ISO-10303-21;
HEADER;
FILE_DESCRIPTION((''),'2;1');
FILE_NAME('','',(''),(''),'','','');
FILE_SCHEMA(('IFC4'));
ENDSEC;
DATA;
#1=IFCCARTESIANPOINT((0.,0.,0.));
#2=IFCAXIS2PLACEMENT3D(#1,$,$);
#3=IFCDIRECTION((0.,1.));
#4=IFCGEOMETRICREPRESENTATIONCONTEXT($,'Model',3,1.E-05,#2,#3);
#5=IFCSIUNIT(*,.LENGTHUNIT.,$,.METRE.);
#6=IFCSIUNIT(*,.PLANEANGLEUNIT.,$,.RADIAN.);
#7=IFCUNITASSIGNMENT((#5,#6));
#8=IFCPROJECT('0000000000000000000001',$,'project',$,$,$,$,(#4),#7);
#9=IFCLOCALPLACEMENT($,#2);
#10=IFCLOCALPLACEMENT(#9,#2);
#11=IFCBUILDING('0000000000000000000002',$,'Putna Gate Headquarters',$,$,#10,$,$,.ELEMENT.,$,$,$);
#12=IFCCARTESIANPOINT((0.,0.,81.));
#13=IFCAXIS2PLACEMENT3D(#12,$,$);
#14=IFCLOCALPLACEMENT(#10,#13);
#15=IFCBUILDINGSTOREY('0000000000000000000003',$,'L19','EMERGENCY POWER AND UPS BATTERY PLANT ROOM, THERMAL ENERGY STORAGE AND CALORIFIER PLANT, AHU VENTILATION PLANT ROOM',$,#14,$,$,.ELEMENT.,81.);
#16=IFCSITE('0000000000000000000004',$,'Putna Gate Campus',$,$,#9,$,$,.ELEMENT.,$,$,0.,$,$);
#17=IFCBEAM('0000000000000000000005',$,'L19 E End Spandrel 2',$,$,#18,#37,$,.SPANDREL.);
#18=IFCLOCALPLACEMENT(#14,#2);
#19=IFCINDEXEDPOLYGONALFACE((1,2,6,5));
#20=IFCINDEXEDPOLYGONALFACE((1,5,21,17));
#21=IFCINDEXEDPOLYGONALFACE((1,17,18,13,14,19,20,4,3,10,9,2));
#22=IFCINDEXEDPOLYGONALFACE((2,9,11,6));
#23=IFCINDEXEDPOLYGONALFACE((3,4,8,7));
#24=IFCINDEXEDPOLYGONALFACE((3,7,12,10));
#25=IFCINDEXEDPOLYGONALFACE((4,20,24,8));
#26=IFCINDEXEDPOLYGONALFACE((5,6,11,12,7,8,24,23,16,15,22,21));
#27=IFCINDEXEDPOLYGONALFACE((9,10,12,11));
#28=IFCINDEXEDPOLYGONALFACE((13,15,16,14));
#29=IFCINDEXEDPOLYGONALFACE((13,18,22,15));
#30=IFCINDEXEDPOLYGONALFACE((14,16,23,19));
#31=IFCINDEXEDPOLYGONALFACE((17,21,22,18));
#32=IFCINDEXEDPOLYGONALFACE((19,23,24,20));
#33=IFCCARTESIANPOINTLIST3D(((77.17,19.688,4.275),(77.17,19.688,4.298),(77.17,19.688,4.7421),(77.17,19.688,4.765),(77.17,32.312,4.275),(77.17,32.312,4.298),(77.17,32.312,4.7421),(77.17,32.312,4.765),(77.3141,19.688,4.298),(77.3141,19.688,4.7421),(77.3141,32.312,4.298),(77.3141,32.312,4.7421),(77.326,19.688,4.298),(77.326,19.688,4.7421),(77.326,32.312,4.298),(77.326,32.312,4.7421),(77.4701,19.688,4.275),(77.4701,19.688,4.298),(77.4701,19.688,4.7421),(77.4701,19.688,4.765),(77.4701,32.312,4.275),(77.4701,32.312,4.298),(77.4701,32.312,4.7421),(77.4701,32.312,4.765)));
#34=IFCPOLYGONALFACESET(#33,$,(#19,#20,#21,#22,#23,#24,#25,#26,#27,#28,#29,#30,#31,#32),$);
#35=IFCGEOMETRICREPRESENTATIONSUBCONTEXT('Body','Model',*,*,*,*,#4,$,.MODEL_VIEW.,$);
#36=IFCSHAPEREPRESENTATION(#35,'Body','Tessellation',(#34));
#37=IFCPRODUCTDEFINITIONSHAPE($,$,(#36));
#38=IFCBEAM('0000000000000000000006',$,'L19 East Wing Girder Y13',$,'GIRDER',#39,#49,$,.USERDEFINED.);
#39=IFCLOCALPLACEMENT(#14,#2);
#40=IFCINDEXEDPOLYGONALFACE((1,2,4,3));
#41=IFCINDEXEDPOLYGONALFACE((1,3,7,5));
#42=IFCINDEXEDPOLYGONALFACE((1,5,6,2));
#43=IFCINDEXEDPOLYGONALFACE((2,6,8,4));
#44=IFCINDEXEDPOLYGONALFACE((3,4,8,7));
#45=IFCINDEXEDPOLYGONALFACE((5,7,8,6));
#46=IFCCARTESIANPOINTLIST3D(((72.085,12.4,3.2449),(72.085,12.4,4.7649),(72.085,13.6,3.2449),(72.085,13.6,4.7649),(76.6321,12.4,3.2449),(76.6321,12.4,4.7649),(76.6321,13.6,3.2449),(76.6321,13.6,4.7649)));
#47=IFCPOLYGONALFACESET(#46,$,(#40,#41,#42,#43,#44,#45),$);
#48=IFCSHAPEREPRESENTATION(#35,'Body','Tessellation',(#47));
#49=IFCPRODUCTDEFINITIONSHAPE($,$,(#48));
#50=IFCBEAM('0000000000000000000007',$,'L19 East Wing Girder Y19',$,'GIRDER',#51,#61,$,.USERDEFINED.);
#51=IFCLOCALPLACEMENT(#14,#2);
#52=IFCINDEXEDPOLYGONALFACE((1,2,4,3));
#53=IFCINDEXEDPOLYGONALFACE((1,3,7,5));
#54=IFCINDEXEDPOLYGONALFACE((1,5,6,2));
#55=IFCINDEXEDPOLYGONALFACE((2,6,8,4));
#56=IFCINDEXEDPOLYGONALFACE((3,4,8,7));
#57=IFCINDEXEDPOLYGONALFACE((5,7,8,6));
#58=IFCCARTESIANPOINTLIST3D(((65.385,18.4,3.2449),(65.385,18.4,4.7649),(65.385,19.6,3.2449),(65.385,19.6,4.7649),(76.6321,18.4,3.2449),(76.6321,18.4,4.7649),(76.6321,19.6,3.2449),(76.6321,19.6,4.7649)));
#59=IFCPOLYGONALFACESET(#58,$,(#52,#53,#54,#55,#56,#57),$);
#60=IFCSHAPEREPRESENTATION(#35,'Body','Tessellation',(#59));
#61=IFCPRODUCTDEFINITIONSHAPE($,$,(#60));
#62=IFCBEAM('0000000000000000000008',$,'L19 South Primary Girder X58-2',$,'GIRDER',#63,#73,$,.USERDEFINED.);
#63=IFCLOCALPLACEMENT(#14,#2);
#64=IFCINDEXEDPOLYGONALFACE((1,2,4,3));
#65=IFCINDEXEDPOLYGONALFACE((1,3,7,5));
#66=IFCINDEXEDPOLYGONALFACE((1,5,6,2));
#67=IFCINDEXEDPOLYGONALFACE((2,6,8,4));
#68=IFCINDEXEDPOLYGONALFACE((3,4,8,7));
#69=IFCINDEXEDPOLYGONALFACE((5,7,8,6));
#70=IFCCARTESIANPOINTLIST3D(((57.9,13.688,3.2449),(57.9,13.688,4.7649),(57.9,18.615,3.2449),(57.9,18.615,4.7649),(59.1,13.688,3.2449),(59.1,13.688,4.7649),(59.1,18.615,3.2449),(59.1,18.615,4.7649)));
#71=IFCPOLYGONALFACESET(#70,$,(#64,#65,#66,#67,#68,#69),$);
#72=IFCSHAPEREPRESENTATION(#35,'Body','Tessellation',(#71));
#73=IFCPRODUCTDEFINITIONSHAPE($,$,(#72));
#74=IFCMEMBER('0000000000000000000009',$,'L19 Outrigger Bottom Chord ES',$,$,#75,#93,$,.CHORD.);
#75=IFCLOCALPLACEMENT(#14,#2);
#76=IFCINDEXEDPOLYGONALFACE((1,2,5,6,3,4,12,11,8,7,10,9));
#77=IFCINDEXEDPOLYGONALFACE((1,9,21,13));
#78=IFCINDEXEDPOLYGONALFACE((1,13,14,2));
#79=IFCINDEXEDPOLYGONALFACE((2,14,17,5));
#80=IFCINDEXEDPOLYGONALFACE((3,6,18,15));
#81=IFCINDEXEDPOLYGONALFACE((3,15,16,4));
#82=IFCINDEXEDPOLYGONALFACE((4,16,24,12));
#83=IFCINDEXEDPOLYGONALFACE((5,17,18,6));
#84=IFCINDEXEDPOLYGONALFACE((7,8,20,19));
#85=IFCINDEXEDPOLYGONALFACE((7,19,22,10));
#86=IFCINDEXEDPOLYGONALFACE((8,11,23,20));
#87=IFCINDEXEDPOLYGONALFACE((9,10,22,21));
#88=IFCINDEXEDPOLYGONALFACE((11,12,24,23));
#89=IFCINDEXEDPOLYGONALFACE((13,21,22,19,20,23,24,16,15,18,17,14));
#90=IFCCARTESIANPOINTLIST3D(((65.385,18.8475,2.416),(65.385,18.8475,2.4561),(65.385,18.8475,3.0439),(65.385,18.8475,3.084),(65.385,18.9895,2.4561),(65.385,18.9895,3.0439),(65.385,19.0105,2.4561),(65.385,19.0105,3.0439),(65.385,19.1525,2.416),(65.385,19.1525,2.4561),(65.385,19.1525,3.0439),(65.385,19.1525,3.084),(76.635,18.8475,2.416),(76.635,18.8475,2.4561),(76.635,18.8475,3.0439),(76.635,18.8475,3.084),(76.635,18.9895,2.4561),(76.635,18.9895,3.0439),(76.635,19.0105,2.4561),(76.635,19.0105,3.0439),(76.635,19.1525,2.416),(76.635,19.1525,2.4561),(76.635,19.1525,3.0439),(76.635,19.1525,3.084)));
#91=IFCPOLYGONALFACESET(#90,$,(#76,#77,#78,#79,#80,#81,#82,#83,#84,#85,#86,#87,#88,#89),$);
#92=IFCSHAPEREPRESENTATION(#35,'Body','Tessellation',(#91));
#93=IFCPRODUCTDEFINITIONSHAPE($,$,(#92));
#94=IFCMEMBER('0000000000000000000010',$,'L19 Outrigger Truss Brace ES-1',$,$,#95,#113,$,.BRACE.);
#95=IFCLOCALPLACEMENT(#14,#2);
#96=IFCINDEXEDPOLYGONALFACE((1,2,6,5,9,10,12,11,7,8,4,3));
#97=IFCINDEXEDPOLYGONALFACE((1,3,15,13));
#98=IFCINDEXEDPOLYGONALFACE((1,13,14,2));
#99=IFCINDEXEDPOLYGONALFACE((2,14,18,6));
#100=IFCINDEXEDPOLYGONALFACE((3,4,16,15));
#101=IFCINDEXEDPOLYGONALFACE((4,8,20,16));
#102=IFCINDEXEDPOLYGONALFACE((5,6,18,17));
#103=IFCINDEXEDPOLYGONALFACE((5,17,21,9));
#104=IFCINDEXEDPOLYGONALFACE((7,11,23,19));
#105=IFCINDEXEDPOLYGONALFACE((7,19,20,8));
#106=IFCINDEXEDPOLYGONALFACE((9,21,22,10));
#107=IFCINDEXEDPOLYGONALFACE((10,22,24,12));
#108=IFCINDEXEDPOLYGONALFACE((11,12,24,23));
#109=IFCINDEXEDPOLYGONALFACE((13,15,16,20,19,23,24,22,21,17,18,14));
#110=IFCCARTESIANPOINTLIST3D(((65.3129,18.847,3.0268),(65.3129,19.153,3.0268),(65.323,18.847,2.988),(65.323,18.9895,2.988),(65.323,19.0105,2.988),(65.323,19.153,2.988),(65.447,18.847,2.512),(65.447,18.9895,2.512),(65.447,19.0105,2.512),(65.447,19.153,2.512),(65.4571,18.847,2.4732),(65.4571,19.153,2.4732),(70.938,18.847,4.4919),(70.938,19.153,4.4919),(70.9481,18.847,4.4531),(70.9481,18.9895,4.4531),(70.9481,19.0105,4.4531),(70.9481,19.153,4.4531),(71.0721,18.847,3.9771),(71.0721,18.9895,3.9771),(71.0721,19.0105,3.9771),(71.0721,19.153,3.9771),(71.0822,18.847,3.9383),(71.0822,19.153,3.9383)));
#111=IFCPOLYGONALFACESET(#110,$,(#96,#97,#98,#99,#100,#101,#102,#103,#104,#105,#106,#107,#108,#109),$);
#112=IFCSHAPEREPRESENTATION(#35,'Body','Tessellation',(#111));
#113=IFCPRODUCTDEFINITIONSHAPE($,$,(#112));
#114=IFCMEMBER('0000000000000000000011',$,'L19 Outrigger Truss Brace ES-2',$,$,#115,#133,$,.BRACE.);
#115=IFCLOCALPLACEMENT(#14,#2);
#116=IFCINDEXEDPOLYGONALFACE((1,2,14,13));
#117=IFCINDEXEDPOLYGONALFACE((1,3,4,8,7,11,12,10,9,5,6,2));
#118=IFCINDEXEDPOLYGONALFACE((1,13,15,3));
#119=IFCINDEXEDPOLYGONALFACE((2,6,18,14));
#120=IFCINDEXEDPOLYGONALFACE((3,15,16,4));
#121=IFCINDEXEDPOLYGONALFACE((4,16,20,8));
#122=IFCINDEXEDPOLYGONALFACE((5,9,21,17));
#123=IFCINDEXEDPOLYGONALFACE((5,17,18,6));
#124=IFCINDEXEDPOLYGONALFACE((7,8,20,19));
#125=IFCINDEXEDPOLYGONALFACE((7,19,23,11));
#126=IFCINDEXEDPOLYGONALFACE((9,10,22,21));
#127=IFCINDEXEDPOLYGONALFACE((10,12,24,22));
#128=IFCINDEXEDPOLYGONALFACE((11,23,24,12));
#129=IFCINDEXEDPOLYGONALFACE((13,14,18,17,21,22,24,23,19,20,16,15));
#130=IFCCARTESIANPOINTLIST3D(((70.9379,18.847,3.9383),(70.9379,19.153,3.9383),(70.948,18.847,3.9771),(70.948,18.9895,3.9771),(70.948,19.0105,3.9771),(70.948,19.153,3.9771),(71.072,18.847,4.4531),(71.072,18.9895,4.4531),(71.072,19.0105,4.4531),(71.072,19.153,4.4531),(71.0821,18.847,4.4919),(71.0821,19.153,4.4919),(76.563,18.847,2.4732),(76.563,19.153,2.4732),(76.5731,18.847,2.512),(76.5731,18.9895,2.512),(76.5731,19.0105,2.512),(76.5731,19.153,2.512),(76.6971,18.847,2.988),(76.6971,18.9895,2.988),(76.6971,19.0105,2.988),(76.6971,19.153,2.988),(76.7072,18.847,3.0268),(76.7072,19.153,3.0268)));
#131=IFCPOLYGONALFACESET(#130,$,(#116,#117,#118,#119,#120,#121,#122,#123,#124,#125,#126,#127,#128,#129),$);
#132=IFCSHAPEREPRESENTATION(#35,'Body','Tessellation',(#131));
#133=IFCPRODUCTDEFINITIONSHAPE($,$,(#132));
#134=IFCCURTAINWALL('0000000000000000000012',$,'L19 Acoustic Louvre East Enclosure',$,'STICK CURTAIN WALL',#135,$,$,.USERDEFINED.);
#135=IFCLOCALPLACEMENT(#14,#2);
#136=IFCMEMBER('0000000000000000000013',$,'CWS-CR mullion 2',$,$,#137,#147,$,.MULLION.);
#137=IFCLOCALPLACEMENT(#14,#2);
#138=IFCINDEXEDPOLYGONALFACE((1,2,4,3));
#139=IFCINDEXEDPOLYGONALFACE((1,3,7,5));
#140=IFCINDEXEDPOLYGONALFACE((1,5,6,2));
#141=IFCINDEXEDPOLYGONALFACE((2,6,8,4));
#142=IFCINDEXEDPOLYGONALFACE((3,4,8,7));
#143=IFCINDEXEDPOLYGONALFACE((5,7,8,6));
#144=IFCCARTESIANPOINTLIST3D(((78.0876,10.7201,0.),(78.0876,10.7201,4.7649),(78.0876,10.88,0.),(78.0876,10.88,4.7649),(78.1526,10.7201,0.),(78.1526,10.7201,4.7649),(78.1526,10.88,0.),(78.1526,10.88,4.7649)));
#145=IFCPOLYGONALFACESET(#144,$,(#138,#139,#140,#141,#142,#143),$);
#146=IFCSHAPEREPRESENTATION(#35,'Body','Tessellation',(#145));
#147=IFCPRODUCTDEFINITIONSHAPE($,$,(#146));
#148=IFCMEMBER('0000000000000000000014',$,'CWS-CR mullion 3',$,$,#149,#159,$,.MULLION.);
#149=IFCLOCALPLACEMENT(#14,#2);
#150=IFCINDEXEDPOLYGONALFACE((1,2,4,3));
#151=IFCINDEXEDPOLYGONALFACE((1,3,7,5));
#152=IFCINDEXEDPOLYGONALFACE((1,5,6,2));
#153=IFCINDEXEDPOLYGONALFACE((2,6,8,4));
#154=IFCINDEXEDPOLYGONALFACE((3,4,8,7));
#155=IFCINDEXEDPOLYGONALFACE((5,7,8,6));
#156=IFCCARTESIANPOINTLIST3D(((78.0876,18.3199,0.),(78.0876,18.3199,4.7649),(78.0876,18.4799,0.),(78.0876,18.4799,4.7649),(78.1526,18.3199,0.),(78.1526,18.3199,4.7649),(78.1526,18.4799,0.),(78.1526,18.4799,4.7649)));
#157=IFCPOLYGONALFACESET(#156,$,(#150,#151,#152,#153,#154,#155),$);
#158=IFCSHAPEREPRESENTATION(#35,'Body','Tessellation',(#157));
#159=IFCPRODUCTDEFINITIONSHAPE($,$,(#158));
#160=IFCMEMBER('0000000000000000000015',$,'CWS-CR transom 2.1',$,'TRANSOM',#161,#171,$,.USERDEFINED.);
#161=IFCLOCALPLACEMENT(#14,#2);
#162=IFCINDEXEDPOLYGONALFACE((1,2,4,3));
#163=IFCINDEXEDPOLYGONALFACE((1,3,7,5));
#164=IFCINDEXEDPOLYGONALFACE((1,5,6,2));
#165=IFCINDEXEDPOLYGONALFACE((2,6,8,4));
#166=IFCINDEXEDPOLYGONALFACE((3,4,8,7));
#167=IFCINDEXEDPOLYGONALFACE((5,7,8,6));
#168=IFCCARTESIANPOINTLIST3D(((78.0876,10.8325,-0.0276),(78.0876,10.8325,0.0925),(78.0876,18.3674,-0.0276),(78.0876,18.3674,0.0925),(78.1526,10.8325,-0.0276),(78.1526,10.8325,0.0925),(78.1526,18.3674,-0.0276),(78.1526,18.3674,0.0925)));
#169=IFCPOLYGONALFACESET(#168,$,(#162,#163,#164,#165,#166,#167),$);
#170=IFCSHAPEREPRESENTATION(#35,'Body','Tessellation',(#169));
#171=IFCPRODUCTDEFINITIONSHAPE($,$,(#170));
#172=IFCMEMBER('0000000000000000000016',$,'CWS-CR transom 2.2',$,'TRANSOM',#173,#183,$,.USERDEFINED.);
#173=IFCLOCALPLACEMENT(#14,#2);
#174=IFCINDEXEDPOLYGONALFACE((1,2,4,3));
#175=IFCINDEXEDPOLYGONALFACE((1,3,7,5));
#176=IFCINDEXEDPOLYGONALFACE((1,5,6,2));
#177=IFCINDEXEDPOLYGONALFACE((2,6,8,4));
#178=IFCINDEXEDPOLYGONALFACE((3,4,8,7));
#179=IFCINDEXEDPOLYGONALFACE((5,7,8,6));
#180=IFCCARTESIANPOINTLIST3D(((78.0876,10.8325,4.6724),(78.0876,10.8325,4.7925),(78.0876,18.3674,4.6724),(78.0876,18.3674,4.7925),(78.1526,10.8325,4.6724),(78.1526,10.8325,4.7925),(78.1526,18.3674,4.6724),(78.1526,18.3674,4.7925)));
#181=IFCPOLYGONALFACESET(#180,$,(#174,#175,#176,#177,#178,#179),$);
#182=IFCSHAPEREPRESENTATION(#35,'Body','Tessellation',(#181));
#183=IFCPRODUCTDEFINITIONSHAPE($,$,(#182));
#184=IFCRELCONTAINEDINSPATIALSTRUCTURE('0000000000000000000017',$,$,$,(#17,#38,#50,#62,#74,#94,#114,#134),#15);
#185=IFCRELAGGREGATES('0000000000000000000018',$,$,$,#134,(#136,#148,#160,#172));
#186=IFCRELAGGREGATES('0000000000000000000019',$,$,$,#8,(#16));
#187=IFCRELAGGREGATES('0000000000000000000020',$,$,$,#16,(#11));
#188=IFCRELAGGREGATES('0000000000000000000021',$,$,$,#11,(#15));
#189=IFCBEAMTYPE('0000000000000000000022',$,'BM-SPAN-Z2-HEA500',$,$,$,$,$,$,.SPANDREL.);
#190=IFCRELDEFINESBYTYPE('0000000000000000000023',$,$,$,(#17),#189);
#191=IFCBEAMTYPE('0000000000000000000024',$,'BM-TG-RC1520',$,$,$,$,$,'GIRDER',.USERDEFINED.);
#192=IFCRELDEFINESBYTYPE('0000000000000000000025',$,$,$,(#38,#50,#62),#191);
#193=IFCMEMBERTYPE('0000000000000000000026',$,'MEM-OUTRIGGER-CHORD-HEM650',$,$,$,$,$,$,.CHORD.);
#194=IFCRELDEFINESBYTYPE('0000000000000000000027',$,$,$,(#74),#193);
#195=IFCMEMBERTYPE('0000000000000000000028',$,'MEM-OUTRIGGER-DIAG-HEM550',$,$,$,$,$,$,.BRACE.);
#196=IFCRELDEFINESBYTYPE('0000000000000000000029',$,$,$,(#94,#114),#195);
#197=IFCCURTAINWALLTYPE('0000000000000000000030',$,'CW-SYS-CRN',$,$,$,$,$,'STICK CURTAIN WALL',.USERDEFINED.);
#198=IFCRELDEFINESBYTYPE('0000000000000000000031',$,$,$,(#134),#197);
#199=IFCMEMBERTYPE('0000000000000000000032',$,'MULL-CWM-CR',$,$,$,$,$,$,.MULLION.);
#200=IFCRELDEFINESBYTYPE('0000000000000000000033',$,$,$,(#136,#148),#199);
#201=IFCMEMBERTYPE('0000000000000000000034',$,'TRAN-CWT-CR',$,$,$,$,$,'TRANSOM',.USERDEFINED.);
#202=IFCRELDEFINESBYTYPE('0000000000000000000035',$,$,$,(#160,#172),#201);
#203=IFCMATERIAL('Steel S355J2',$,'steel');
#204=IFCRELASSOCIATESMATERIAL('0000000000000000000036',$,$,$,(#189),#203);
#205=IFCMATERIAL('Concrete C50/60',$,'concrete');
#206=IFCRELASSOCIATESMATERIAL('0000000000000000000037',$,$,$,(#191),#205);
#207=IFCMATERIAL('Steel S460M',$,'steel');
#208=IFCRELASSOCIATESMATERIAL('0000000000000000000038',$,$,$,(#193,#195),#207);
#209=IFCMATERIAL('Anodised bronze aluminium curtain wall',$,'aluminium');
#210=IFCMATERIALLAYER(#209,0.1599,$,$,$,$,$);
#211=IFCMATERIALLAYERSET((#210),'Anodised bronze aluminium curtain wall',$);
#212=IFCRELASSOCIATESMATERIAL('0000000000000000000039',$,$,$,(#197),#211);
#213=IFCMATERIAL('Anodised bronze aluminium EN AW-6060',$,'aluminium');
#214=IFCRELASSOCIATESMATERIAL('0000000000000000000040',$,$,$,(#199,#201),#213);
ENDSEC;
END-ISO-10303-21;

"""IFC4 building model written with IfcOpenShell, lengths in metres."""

from ifc_helpers import new_model, si_unit, direction, frame, origin, origin_2d, place, context, subcontext, project, spatial, rectangle, i_section, extrude, material, layer, layer_set, material_profile, profile_set, type_object, element, aggregate, save


model = new_model("IFC4")

# Units and contexts
model_context = context("Model", 3, precision=1e-05, world=origin(), true_north=direction((0.0, 1.0)))
body_context = subcontext(model_context, "Body", "Model", "MODEL_VIEW")
ifc_project = project(units=[si_unit("LENGTHUNIT", "METRE"), si_unit("PLANEANGLEUNIT", "RADIAN")], contexts=[model_context])

# Site, building, storey
site_placement = place(None, origin())
site = spatial("IfcSite", under=ifc_project, at=site_placement, Name="Putna Gate Campus", CompositionType="ELEMENT", RefElevation=0.0)
building_placement = place(site_placement, origin())
building = spatial("IfcBuilding", under=site, at=building_placement, Name="Putna Gate Headquarters", CompositionType="ELEMENT")
storey_placement = place(building_placement, frame((0.0, 0.0, 81.0)))
storey = spatial("IfcBuildingStorey", under=building, at=storey_placement, Name="L19", Description="EMERGENCY POWER AND UPS BATTERY PLANT ROOM, THERMAL ENERGY STORAGE AND CALORIFIER PLANT, AHU VENTILATION PLANT ROOM", CompositionType="ELEMENT", Elevation=81.0)

# Beams
ifc_material_1 = material(Name="Steel S355J2", Category="steel")
ifc_material_profile_1 = material_profile(ifc_material_1, i_section(OverallWidth=0.3, OverallDepth=0.49, WebThickness=0.012, FlangeThickness=0.0229, at=origin_2d()), Name="Steel S355J2")
ifc_profile_set_1 = profile_set([ifc_material_profile_1], Name="Steel S355J2")
beam_type_1 = type_object("IfcBeamType", Name="BM-SPAN-Z2-HEA500", PredefinedType="SPANDREL", material=ifc_profile_set_1)
beam_1_placement = place(storey_placement, frame((77.3201, 19.688, 4.52), z_axis=(0.0, 1.0, 0.0), x_axis=(-1.0, 0.0, 0.0)))
element("IfcBeam", 1, at=beam_1_placement, inside=storey, type_object=beam_type_1, Name="L19 E End Spandrel 2", PredefinedType="SPANDREL", context=body_context, shape_type="SweptSolid", body=[
    extrude(i_section(OverallWidth=0.3, OverallDepth=0.49, WebThickness=0.012, FlangeThickness=0.0229, at=origin_2d()), origin(), (0.0, 0.0, 1.0), 12.624),
])
ifc_material_2 = material(Name="Concrete C50/60", Category="concrete")
ifc_material_profile_2 = material_profile(ifc_material_2, rectangle(XDim=1.2, YDim=1.52, at=origin_2d()), Name="Concrete C50/60")
ifc_profile_set_2 = profile_set([ifc_material_profile_2], Name="Concrete C50/60")
beam_type_2 = type_object("IfcBeamType", Name="BM-TG-RC1520", ElementType="GIRDER", PredefinedType="USERDEFINED", material=ifc_profile_set_2)
beam_2_placement = place(storey_placement, frame((72.085, 13.0, 4.0049), z_axis=(1.0, 0.0, 0.0), x_axis=(0.0, 1.0, 0.0)))
element("IfcBeam", 2, at=beam_2_placement, inside=storey, type_object=beam_type_2, Name="L19 East Wing Girder Y13", ObjectType="GIRDER", PredefinedType="USERDEFINED", context=body_context, shape_type="SweptSolid", body=[
    extrude(rectangle(XDim=1.2, YDim=1.52, at=origin_2d()), origin(), (0.0, 0.0, 1.0), 4.5471),
])
beam_3_placement = place(storey_placement, frame((65.385, 19.0, 4.0049), z_axis=(1.0, 0.0, 0.0), x_axis=(0.0, 1.0, 0.0)))
element("IfcBeam", 3, at=beam_3_placement, inside=storey, type_object=beam_type_2, Name="L19 East Wing Girder Y19", ObjectType="GIRDER", PredefinedType="USERDEFINED", context=body_context, shape_type="SweptSolid", body=[
    extrude(rectangle(XDim=1.2, YDim=1.52, at=origin_2d()), origin(), (0.0, 0.0, 1.0), 11.2471),
])
beam_4_placement = place(storey_placement, frame((58.5, 13.688, 4.0049), z_axis=(0.0, 1.0, 0.0), x_axis=(-1.0, 0.0, 0.0)))
element("IfcBeam", 4, at=beam_4_placement, inside=storey, type_object=beam_type_2, Name="L19 South Primary Girder X58-2", ObjectType="GIRDER", PredefinedType="USERDEFINED", context=body_context, shape_type="SweptSolid", body=[
    extrude(rectangle(XDim=1.2, YDim=1.52, at=origin_2d()), origin(), (0.0, 0.0, 1.0), 4.927),
])

# Members
ifc_material_3 = material(Name="Steel S460M", Category="steel")
ifc_material_profile_3 = material_profile(ifc_material_3, i_section(OverallWidth=0.3049, OverallDepth=0.668, WebThickness=0.021, FlangeThickness=0.04, at=origin_2d()), Name="Steel S460M")
ifc_profile_set_3 = profile_set([ifc_material_profile_3], Name="Steel S460M")
member_type_1 = type_object("IfcMemberType", Name="MEM-OUTRIGGER-CHORD-HEM650", PredefinedType="CHORD", material=ifc_profile_set_3)
member_1_placement = place(storey_placement, frame((65.385, 19.0, 2.75), z_axis=(1.0, 0.0, 0.0), x_axis=(0.0, 1.0, 0.0)))
element("IfcMember", 5, at=member_1_placement, inside=storey, type_object=member_type_1, Name="L19 Outrigger Bottom Chord ES", PredefinedType="CHORD", context=body_context, shape_type="SweptSolid", body=[
    extrude(i_section(OverallWidth=0.3049, OverallDepth=0.668, WebThickness=0.021, FlangeThickness=0.04, at=origin_2d()), origin(), (0.0, 0.0, 1.0), 11.25),
])
ifc_material_profile_4 = material_profile(ifc_material_3, i_section(OverallWidth=0.3059, OverallDepth=0.572, WebThickness=0.021, FlangeThickness=0.04, at=origin_2d()), Name="Steel S460M")
ifc_profile_set_4 = profile_set([ifc_material_profile_4], Name="Steel S460M")
member_type_2 = type_object("IfcMemberType", Name="MEM-OUTRIGGER-DIAG-HEM550", PredefinedType="BRACE", material=ifc_profile_set_4)
for number, where, z_axis, x_axis, name in (
    (6, (65.385, 19.0, 2.75), (0.967714, 0.0, 0.252051), (0.0, 1.0, 0.0), "L19 Outrigger Truss Brace ES-1"),
    (7, (71.01, 19.0, 4.2151), (0.967714, 0.0, -0.252051), (0.0, 1.0, 0.0), "L19 Outrigger Truss Brace ES-2"),
):
    element("IfcMember", number, at=place(storey_placement, frame(where, z_axis=z_axis, x_axis=x_axis)), inside=storey, type_object=member_type_2, Name=name, PredefinedType="BRACE", context=body_context, shape_type="SweptSolid", body=[
        extrude(i_section(OverallWidth=0.3059, OverallDepth=0.572, WebThickness=0.021, FlangeThickness=0.04, at=origin_2d()), origin(), (0.0, 0.0, 1.0), 5.8127),
    ])

# Curtain wall, members
ifc_material_4 = material(Name="Anodised bronze aluminium curtain wall", Category="aluminium")
ifc_layer_1 = layer(ifc_material_4, 0.1599)
ifc_layer_set_1 = layer_set([ifc_layer_1], Name="Anodised bronze aluminium curtain wall")
curtain_wall_type = type_object("IfcCurtainWallType", Name="CW-SYS-CRN", ElementType="STICK CURTAIN WALL", PredefinedType="USERDEFINED", material=ifc_layer_set_1)
curtain_wall_placement = place(storey_placement, origin())
curtain_wall = element("IfcCurtainWall", 8, at=curtain_wall_placement, inside=storey, type_object=curtain_wall_type, Name="L19 Acoustic Louvre East Enclosure", ObjectType="STICK CURTAIN WALL", PredefinedType="USERDEFINED")
ifc_material_5 = material(Name="Anodised bronze aluminium EN AW-6060", Category="aluminium")
ifc_material_profile_5 = material_profile(ifc_material_5, rectangle(XDim=0.0649, YDim=0.1599, at=origin_2d()), Name="Anodised bronze aluminium EN AW-6060")
ifc_profile_set_5 = profile_set([ifc_material_profile_5], Name="Anodised bronze aluminium EN AW-6060")
member_type_3 = type_object("IfcMemberType", Name="MULL-CWM-CR", PredefinedType="MULLION", material=ifc_profile_set_5)
member_2_placement = place(storey_placement, frame((78.1201, 10.8, 0.0), z_axis=(0.0, 0.0, 1.0), x_axis=(-1.0, 0.0, 0.0)))
member_2 = element("IfcMember", 9, at=member_2_placement, type_object=member_type_3, Name="CWS-CR mullion 2", PredefinedType="MULLION", context=body_context, shape_type="SweptSolid", body=[
    extrude(rectangle(XDim=0.0649, YDim=0.1599, at=origin_2d()), origin(), (0.0, 0.0, 1.0), 4.7649),
])
member_3_placement = place(storey_placement, frame((78.1201, 18.3999, 0.0), z_axis=(0.0, 0.0, 1.0), x_axis=(-1.0, 0.0, 0.0)))
member_3 = element("IfcMember", 10, at=member_3_placement, type_object=member_type_3, Name="CWS-CR mullion 3", PredefinedType="MULLION", context=body_context, shape_type="SweptSolid", body=[
    extrude(rectangle(XDim=0.0649, YDim=0.1599, at=origin_2d()), origin(), (0.0, 0.0, 1.0), 4.7649),
])
ifc_material_profile_6 = material_profile(ifc_material_5, rectangle(XDim=0.0649, YDim=0.1201, at=origin_2d()), Name="Anodised bronze aluminium EN AW-6060")
ifc_profile_set_6 = profile_set([ifc_material_profile_6], Name="Anodised bronze aluminium EN AW-6060")
member_type_4 = type_object("IfcMemberType", Name="TRAN-CWT-CR", ElementType="TRANSOM", PredefinedType="USERDEFINED", material=ifc_profile_set_6)
member_4_placement = place(storey_placement, frame((78.1201, 10.8325, 0.0325), z_axis=(0.0, 1.0, 0.0), x_axis=(-1.0, 0.0, 0.0)))
member_4 = element("IfcMember", 11, at=member_4_placement, type_object=member_type_4, Name="CWS-CR transom 2.1", ObjectType="TRANSOM", PredefinedType="USERDEFINED", context=body_context, shape_type="SweptSolid", body=[
    extrude(rectangle(XDim=0.0649, YDim=0.1201, at=origin_2d()), origin(), (0.0, 0.0, 1.0), 7.5349),
])
member_5_placement = place(storey_placement, frame((78.1201, 10.8325, 4.7324), z_axis=(0.0, 1.0, 0.0), x_axis=(-1.0, 0.0, 0.0)))
member_5 = element("IfcMember", 12, at=member_5_placement, type_object=member_type_4, Name="CWS-CR transom 2.2", ObjectType="TRANSOM", PredefinedType="USERDEFINED", context=body_context, shape_type="SweptSolid", body=[
    extrude(rectangle(XDim=0.0649, YDim=0.1201, at=origin_2d()), origin(), (0.0, 0.0, 1.0), 7.5349),
])
aggregate(curtain_wall, [member_2, member_3, member_4, member_5])

save(model, "model.ifc")
